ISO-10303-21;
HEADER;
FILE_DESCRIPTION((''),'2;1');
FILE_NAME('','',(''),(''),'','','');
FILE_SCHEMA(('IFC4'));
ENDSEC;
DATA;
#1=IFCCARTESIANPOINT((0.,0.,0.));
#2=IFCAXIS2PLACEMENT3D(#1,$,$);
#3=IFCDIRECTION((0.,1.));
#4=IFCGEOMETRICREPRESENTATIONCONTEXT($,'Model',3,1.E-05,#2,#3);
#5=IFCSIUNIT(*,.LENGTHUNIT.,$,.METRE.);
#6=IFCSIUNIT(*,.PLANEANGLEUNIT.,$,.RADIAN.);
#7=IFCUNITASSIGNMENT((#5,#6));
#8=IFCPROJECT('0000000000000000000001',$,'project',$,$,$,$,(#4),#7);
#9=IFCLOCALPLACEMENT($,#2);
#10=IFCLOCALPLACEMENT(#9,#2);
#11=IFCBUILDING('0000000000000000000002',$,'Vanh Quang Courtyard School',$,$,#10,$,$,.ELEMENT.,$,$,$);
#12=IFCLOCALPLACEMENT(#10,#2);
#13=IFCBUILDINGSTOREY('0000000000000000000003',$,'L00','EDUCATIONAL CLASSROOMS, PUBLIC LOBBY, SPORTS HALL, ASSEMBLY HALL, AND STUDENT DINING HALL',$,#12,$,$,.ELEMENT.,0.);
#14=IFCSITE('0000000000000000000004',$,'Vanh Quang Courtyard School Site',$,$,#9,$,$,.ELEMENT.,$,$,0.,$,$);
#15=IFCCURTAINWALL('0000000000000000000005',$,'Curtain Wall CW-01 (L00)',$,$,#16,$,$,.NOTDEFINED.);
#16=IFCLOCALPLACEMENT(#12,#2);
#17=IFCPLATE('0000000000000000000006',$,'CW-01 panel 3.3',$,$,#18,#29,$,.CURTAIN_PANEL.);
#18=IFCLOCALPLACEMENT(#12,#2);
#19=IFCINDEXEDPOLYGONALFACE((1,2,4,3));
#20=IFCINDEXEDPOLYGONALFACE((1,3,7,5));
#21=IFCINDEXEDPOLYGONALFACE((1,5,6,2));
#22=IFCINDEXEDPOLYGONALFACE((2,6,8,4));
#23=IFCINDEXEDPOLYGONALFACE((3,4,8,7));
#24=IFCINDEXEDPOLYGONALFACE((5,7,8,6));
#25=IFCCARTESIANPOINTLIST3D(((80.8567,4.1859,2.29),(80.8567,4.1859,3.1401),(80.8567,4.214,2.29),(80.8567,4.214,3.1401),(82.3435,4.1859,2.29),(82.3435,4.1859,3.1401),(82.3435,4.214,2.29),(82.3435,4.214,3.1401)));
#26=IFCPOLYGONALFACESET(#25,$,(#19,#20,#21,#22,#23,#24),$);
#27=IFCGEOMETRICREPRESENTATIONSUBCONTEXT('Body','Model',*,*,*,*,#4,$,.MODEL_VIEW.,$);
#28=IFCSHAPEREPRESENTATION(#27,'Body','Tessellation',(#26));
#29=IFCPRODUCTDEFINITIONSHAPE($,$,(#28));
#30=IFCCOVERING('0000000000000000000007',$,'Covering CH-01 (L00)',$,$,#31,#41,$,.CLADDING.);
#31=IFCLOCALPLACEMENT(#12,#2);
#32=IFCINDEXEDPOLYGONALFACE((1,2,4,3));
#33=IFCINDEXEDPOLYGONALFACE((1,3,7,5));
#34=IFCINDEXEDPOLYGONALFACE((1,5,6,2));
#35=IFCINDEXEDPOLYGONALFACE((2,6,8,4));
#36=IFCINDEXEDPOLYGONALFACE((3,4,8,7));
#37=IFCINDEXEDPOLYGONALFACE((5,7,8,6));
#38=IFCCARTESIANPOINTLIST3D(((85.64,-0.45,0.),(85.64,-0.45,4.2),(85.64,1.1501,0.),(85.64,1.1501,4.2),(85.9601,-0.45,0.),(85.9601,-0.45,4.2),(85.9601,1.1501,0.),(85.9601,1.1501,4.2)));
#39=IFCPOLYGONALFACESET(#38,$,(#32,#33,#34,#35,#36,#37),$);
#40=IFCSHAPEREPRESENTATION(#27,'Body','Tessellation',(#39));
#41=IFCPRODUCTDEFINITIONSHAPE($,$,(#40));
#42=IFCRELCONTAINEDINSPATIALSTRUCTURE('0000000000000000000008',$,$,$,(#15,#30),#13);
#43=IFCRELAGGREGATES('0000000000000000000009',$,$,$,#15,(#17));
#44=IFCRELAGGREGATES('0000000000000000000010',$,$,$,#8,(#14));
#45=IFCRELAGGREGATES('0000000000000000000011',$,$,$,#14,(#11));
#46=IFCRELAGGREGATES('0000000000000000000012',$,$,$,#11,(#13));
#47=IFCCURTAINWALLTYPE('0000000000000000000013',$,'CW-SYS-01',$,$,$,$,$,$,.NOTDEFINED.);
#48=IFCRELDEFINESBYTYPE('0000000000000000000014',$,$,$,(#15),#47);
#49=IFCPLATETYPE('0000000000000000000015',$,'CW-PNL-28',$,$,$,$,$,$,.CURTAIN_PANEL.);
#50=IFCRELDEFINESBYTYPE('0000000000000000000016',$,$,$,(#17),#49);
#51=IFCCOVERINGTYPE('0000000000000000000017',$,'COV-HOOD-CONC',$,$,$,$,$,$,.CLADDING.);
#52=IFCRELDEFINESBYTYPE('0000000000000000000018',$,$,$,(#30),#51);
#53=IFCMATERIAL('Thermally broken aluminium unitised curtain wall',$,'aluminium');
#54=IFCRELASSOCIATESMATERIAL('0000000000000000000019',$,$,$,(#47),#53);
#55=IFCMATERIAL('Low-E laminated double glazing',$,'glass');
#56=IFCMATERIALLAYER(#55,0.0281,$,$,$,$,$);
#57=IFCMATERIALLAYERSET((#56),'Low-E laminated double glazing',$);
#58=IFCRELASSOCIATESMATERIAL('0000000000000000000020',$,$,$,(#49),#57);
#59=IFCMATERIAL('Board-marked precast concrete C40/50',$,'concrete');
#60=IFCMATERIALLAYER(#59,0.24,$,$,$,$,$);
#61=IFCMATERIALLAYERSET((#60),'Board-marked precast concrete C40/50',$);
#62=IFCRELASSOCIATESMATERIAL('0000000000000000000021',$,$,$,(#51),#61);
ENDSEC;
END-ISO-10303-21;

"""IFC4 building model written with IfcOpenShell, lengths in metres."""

from ifc_helpers import new_model, si_unit, direction, frame, origin, origin_2d, place, context, subcontext, project, spatial, rectangle, extrude, material, layer, layer_set, type_object, element, aggregate, save


model = new_model("IFC4")

# Units and contexts
model_context = context("Model", 3, precision=1e-05, world=origin(), true_north=direction((0.0, 1.0)))
body_context = subcontext(model_context, "Body", "Model", "MODEL_VIEW")
ifc_project = project(units=[si_unit("LENGTHUNIT", "METRE"), si_unit("PLANEANGLEUNIT", "RADIAN")], contexts=[model_context])

# Site, building, storey
site_placement = place(None, origin())
site = spatial("IfcSite", under=ifc_project, at=site_placement, Name="Vanh Quang Courtyard School Site", CompositionType="ELEMENT", RefElevation=0.0)
building_placement = place(site_placement, origin())
building = spatial("IfcBuilding", under=site, at=building_placement, Name="Vanh Quang Courtyard School", CompositionType="ELEMENT")
storey_placement = place(building_placement, origin())
storey = spatial("IfcBuildingStorey", under=building, at=storey_placement, Name="L00", Description="EDUCATIONAL CLASSROOMS, PUBLIC LOBBY, SPORTS HALL, ASSEMBLY HALL, AND STUDENT DINING HALL", CompositionType="ELEMENT", Elevation=0.0)

# Curtain wall, plate
ifc_material_1 = material(Name="Thermally broken aluminium unitised curtain wall", Category="aluminium")
curtain_wall_type = type_object("IfcCurtainWallType", Name="CW-SYS-01", PredefinedType="NOTDEFINED", material=ifc_material_1)
curtain_wall_placement = place(storey_placement, origin())
curtain_wall = element("IfcCurtainWall", 1, at=curtain_wall_placement, inside=storey, type_object=curtain_wall_type, Name="Curtain Wall CW-01 (L00)", PredefinedType="NOTDEFINED")
ifc_material_2 = material(Name="Low-E laminated double glazing", Category="glass")
ifc_layer_1 = layer(ifc_material_2, 0.0281)
ifc_layer_set_1 = layer_set([ifc_layer_1], Name="Low-E laminated double glazing")
plate_type = type_object("IfcPlateType", Name="CW-PNL-28", PredefinedType="CURTAIN_PANEL", material=ifc_layer_set_1)
plate_1_placement = place(storey_placement, frame((81.6001, 4.2, 2.29), z_axis=(0.0, 0.0, 1.0), x_axis=(-1.0, 0.0, 0.0)))
plate_1 = element("IfcPlate", 2, at=plate_1_placement, type_object=plate_type, Name="CW-01 panel 3.3", PredefinedType="CURTAIN_PANEL", context=body_context, shape_type="SweptSolid", body=[
    extrude(rectangle(XDim=1.4868, YDim=0.0281, at=origin_2d()), origin(), (0.0, 0.0, 1.0), 0.8501),
])
aggregate(curtain_wall, [plate_1])

# Covering
ifc_material_3 = material(Name="Board-marked precast concrete C40/50", Category="concrete")
ifc_layer_2 = layer(ifc_material_3, 0.24)
ifc_layer_set_2 = layer_set([ifc_layer_2], Name="Board-marked precast concrete C40/50")
covering_type = type_object("IfcCoveringType", Name="COV-HOOD-CONC", PredefinedType="CLADDING", material=ifc_layer_set_2)
covering_placement = place(storey_placement, frame((85.8, 0.3501, 0.0), z_axis=(0.0, 0.0, 1.0), x_axis=(0.0, 1.0, 0.0)))
element("IfcCovering", 3, at=covering_placement, inside=storey, type_object=covering_type, Name="Covering CH-01 (L00)", PredefinedType="CLADDING", context=body_context, shape_type="SweptSolid", body=[
    extrude(rectangle(XDim=1.6001, YDim=0.3201, at=origin_2d()), origin(), (0.0, 0.0, 1.0), 4.2),
])

save(model, "model.ifc")
